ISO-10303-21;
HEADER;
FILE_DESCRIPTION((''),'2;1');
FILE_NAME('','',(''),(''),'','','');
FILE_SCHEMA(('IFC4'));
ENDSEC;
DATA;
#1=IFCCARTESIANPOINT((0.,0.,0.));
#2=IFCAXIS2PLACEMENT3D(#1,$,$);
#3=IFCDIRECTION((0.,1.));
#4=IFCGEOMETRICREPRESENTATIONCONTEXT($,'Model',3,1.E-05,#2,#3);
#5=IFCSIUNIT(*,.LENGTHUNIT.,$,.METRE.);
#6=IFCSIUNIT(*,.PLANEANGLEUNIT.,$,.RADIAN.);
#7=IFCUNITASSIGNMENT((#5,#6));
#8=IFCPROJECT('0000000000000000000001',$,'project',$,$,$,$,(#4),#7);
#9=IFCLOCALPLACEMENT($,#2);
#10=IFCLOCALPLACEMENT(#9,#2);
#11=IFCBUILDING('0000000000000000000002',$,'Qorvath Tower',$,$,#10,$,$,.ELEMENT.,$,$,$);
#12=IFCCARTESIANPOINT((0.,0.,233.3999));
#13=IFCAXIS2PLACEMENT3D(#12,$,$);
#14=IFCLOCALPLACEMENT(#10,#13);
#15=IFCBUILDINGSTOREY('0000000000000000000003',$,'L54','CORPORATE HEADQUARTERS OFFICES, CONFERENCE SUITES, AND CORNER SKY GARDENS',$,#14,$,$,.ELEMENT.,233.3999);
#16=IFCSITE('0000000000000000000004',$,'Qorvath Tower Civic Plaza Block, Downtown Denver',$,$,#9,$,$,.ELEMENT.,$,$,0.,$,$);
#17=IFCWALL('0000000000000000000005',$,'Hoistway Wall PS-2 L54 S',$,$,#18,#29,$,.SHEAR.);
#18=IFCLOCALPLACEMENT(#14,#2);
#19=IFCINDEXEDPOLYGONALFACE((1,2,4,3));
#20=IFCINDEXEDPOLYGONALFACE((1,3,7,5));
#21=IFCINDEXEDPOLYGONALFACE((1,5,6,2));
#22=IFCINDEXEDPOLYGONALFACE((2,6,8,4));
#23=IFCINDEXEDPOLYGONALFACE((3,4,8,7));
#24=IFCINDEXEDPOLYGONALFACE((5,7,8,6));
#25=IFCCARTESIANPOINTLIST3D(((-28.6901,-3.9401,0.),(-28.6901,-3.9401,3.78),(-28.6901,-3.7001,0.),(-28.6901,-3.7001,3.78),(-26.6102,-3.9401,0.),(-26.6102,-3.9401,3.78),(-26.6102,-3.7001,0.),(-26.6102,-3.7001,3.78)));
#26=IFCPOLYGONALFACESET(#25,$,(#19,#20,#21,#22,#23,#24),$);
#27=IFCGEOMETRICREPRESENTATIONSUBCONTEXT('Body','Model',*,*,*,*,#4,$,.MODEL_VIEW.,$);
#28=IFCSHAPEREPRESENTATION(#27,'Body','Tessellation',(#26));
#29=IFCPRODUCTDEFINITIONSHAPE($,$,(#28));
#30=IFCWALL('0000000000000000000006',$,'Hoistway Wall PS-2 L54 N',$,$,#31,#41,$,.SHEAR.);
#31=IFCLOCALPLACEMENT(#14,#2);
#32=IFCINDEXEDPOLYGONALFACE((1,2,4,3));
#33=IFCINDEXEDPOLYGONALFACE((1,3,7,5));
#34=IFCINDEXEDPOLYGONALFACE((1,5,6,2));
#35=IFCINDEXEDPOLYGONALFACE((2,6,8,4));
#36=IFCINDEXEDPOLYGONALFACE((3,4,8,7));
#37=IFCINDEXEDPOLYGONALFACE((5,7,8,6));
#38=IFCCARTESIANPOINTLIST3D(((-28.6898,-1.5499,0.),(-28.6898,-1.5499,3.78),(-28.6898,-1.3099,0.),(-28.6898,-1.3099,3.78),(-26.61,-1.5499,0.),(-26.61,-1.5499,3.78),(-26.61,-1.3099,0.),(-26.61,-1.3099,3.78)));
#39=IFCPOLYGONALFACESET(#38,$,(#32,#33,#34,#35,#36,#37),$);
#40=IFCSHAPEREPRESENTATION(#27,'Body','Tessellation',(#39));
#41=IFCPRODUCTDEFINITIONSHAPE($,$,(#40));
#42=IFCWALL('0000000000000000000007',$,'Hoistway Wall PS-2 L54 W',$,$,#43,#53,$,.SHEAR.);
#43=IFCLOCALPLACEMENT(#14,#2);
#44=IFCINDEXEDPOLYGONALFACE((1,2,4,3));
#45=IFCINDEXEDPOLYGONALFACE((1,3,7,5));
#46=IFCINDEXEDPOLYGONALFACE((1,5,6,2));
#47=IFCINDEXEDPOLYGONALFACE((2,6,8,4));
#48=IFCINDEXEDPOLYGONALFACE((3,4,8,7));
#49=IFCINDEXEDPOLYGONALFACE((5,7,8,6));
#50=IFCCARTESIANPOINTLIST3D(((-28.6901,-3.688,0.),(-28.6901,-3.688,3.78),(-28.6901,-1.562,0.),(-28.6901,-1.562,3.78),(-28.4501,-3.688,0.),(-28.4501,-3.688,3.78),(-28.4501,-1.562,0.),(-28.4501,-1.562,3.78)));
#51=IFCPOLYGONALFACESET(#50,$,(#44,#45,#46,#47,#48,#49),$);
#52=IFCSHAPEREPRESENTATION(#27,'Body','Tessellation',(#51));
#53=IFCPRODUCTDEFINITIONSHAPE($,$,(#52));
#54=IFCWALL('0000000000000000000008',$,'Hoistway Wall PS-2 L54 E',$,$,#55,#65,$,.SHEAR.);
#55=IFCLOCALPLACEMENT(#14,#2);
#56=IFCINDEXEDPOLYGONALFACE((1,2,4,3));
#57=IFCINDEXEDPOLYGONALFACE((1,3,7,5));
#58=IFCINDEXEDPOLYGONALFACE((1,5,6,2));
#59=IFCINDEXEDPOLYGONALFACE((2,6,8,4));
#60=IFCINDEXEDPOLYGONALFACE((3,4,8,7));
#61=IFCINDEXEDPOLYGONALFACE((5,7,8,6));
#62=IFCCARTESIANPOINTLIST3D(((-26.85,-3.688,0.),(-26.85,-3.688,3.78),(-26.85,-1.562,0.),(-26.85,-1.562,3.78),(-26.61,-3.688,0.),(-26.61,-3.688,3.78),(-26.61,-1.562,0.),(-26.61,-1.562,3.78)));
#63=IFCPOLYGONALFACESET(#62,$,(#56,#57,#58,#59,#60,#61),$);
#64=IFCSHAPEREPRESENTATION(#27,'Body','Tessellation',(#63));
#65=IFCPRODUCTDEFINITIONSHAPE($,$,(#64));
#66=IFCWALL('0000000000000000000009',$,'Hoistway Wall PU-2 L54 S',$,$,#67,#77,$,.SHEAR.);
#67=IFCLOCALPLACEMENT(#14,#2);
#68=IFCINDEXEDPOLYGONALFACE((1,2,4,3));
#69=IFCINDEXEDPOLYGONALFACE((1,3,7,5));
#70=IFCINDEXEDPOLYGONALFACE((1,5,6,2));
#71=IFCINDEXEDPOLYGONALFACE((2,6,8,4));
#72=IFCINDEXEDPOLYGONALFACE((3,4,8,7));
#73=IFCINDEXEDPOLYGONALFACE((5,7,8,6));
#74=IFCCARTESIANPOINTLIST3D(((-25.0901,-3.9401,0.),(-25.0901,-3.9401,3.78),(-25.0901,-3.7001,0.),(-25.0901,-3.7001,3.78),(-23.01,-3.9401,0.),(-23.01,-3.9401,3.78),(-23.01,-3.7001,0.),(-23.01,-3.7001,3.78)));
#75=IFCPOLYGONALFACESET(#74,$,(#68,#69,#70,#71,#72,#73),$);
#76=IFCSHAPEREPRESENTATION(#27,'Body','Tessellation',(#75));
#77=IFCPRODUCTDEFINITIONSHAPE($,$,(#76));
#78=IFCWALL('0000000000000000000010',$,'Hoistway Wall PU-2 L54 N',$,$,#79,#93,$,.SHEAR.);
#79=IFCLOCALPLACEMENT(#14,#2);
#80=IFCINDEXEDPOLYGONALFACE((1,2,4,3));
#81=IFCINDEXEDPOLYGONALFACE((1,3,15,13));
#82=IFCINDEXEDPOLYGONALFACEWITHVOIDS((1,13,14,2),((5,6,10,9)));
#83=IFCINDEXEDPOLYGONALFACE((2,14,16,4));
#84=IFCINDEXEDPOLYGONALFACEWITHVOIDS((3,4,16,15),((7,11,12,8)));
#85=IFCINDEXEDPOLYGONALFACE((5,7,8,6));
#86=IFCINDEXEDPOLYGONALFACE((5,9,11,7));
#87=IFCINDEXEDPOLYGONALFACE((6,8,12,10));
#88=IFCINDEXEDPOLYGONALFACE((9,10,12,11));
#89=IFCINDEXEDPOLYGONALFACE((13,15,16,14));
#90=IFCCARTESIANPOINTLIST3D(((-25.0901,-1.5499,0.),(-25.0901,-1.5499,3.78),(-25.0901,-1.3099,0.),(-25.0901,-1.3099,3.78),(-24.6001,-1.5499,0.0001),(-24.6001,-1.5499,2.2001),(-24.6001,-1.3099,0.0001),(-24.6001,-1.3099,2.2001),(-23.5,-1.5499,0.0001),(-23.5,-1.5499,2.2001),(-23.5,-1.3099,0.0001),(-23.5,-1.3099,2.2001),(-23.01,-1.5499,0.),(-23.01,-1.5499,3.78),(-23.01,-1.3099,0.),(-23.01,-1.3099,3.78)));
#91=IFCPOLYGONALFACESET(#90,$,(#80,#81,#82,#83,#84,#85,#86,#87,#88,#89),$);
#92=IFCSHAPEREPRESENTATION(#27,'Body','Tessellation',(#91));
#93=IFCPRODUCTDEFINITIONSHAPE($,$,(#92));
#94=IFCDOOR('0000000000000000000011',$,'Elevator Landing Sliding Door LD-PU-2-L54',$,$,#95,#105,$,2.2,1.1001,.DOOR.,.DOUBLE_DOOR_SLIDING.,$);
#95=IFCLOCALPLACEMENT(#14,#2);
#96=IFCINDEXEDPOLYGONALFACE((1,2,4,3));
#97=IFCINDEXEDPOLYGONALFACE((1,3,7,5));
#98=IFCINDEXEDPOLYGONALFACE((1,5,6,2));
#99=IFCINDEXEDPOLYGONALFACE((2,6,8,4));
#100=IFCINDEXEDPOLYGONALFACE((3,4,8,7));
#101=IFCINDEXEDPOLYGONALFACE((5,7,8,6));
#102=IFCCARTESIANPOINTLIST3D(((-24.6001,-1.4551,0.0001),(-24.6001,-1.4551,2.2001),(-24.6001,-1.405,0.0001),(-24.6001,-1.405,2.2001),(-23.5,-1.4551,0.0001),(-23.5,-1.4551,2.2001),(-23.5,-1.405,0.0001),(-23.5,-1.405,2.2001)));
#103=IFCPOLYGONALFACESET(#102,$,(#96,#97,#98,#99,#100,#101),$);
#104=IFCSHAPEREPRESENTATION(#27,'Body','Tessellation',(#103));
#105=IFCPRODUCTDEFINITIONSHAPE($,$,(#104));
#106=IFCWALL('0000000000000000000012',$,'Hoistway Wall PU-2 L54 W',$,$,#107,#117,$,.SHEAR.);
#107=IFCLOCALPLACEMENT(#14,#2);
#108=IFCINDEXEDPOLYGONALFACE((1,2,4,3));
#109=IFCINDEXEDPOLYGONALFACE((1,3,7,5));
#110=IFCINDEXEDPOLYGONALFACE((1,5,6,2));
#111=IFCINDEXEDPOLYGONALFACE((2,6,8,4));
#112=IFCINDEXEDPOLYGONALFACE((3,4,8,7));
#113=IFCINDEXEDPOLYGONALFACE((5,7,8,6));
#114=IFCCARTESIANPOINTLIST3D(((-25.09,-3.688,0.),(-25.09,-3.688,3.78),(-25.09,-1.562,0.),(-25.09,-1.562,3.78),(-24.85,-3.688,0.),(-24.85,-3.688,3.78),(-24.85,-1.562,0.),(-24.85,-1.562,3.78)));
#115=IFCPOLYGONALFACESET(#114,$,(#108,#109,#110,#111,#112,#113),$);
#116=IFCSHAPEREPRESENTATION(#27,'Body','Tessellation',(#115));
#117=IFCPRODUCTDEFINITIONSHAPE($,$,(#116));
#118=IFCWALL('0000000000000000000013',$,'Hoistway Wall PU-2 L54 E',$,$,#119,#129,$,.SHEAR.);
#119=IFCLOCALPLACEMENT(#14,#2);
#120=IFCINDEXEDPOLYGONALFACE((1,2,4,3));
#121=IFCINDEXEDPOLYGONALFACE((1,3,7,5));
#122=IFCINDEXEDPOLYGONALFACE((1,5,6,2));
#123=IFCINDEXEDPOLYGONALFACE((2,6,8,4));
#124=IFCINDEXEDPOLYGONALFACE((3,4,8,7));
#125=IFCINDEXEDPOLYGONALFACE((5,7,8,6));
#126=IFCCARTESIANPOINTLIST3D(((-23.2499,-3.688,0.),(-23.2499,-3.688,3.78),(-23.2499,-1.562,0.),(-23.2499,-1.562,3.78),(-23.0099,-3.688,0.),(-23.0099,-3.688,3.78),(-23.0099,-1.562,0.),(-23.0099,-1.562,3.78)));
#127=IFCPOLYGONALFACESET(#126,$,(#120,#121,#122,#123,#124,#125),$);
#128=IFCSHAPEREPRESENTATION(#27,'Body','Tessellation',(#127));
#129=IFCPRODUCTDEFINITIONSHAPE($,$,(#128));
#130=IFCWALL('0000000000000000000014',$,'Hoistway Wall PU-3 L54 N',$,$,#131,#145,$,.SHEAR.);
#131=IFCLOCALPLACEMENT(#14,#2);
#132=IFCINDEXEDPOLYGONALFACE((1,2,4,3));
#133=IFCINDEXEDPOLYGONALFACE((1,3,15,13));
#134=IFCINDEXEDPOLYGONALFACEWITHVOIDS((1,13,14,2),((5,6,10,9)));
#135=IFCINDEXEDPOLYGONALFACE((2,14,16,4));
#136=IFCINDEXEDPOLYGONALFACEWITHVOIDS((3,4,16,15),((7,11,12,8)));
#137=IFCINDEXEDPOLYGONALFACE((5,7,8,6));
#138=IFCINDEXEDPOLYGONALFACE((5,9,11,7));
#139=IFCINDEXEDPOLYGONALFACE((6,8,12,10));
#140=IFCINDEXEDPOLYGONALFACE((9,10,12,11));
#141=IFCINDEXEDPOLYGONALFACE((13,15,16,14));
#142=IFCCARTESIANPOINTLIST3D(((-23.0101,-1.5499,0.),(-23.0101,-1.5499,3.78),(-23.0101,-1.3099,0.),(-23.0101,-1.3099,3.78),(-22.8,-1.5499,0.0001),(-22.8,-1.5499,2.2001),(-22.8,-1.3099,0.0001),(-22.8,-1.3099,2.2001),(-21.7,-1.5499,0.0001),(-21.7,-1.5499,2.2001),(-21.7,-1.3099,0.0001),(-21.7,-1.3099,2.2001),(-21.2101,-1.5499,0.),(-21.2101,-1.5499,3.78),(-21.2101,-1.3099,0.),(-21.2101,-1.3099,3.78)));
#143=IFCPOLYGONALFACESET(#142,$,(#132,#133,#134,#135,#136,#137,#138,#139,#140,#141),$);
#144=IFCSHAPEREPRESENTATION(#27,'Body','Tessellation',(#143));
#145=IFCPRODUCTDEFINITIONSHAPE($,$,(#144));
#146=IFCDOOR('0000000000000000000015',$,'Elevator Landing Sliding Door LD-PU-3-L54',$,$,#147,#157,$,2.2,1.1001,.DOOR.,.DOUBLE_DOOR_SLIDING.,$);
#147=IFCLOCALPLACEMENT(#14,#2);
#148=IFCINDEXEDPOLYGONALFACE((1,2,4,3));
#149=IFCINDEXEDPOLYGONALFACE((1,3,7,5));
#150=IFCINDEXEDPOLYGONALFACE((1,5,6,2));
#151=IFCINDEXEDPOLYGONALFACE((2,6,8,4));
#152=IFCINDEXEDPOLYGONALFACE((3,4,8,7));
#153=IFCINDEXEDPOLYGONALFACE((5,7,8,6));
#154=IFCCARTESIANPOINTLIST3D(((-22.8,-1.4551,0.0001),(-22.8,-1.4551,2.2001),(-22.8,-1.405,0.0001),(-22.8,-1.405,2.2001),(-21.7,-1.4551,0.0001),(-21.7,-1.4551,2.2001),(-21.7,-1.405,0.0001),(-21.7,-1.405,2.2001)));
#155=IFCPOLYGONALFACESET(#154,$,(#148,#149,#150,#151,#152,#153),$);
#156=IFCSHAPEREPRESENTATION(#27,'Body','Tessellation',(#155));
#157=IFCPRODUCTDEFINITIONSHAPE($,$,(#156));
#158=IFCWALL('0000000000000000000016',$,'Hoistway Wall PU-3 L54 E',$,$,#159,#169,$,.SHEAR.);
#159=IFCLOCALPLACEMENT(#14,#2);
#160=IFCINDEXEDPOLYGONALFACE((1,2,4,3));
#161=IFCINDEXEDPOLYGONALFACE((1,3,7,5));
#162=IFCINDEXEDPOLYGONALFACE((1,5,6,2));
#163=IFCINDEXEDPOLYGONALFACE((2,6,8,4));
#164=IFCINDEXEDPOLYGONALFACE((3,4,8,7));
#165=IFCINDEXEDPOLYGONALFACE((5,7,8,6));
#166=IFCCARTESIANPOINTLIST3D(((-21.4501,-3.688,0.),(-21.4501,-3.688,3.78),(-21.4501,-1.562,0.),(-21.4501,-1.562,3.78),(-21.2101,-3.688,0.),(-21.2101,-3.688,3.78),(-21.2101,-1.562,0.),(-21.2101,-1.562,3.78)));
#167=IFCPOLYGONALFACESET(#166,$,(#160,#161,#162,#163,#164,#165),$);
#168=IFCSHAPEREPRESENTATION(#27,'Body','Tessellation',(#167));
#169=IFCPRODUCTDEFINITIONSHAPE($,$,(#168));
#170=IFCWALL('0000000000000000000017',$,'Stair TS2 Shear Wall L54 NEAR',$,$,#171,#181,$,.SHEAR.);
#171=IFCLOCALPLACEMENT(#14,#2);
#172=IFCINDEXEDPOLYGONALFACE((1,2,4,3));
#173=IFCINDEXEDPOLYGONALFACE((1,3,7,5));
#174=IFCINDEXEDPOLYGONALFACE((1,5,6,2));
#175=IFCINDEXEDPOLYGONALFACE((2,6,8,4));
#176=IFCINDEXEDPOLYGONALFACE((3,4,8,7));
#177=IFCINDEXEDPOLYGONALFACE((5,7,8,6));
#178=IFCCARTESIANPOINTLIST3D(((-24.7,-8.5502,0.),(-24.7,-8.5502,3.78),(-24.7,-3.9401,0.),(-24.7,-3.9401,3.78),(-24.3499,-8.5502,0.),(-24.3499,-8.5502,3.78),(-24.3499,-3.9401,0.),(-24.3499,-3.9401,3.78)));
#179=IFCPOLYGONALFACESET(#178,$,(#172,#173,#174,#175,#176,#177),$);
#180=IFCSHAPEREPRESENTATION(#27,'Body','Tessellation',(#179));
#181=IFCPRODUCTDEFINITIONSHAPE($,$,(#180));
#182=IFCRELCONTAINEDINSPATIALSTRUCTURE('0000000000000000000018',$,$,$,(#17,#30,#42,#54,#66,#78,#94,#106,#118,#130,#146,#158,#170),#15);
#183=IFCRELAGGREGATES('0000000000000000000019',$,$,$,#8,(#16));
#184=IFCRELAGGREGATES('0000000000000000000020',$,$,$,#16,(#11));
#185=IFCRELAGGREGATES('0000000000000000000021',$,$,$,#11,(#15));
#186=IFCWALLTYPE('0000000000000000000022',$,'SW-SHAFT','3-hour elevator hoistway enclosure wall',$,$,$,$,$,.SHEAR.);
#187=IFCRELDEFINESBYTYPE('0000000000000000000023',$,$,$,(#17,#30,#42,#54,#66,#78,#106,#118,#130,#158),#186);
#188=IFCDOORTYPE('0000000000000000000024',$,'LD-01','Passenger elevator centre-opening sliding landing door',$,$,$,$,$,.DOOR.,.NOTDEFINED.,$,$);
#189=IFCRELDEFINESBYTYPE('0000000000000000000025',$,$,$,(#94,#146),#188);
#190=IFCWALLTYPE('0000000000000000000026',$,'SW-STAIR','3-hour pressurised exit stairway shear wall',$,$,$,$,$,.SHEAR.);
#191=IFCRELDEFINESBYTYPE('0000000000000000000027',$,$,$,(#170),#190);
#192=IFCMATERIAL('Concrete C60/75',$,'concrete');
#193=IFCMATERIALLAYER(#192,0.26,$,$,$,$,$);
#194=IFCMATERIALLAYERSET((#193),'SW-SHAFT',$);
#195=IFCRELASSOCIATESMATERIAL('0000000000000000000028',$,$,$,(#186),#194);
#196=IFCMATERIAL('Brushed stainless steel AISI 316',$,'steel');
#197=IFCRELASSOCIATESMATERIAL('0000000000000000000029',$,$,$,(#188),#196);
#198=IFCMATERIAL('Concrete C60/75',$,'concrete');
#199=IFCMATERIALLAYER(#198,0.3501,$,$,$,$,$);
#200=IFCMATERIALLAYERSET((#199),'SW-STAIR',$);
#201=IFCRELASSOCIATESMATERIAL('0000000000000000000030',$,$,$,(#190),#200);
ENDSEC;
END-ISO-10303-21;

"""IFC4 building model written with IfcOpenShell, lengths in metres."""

from ifc_helpers import new_model, si_unit, direction, frame, frame_2d, origin, place, context, subcontext, project, spatial, rectangle, extrude, material, layer, layer_set, type_object, element, fill, save


model = new_model("IFC4")

# Units and contexts
model_context = context("Model", 3, precision=1e-05, world=origin(), true_north=direction((0.0, 1.0)))
body_context = subcontext(model_context, "Body", "Model", "MODEL_VIEW")
ifc_project = project(units=[si_unit("LENGTHUNIT", "METRE"), si_unit("PLANEANGLEUNIT", "RADIAN")], contexts=[model_context])

# Site, building, storey
site_placement = place(None, origin())
site = spatial("IfcSite", under=ifc_project, at=site_placement, Name="Qorvath Tower Civic Plaza Block, Downtown Denver", CompositionType="ELEMENT", RefElevation=0.0)
building_placement = place(site_placement, origin())
building = spatial("IfcBuilding", under=site, at=building_placement, Name="Qorvath Tower", CompositionType="ELEMENT")
storey_placement = place(building_placement, frame((0.0, 0.0, 233.3999)))
storey = spatial("IfcBuildingStorey", under=building, at=storey_placement, Name="L54", Description="CORPORATE HEADQUARTERS OFFICES, CONFERENCE SUITES, AND CORNER SKY GARDENS", CompositionType="ELEMENT", Elevation=233.3999)

# Shared definitions
ifc_material_1 = material(Name="Concrete C60/75", Category="concrete")
ifc_layer_1 = layer(ifc_material_1, 0.26)
ifc_layer_set_1 = layer_set([ifc_layer_1], Name="SW-SHAFT")
wall_type_1 = type_object("IfcWallType", Name="SW-SHAFT", Description="3-hour elevator hoistway enclosure wall", PredefinedType="SHEAR", material=ifc_layer_set_1)

# Walls
for number, where, z_axis, x_axis, name in (
    (1, (-26.6101, -3.8201, 0.0), (0.0, 0.0, 1.0), (-1.0, 0.0, 0.0), "Hoistway Wall PS-2 L54 S"),
    (2, (-28.6899, -1.4299, 0.0), (0.0, 0.0, 1.0), (1.0, 0.0, 0.0), "Hoistway Wall PS-2 L54 N"),
):
    element("IfcWall", number, at=place(storey_placement, frame(where, z_axis=z_axis, x_axis=x_axis)), inside=storey, type_object=wall_type_1, Name=name, PredefinedType="SHEAR", context=body_context, shape_type="SweptSolid", body=[
        extrude(rectangle(XDim=2.0798, YDim=0.24, at=frame_2d((1.04, 0.0))), origin(), (0.0, 0.0, 1.0), 3.78),
    ])
for number, where, z_axis, x_axis, name in (
    (3, (-28.5701, -3.688, 0.0), (0.0, 0.0, 1.0), (0.0, 1.0, 0.0), "Hoistway Wall PS-2 L54 W"),
    (4, (-26.73, -1.562, 0.0), (0.0, 0.0, 1.0), (0.0, -1.0, 0.0), "Hoistway Wall PS-2 L54 E"),
):
    element("IfcWall", number, at=place(storey_placement, frame(where, z_axis=z_axis, x_axis=x_axis)), inside=storey, type_object=wall_type_1, Name=name, PredefinedType="SHEAR", context=body_context, shape_type="SweptSolid", body=[
        extrude(rectangle(XDim=2.126, YDim=0.24, at=frame_2d((1.063, 0.0))), origin(), (0.0, 0.0, 1.0), 3.78),
    ])
wall_1_placement = place(storey_placement, frame((-23.01, -3.8201, 0.0), z_axis=(0.0, 0.0, 1.0), x_axis=(-1.0, 0.0, 0.0)))
element("IfcWall", 5, at=wall_1_placement, inside=storey, type_object=wall_type_1, Name="Hoistway Wall PU-2 L54 S", PredefinedType="SHEAR", context=body_context, shape_type="SweptSolid", body=[
    extrude(rectangle(XDim=2.0801, YDim=0.24, at=frame_2d((1.04, 0.0))), origin(), (0.0, 0.0, 1.0), 3.78),
])

# Wall, opening, door
wall_2_placement = place(storey_placement, frame((-25.0901, -1.4299, 0.0), z_axis=(0.0, 0.0, 1.0), x_axis=(1.0, 0.0, 0.0)))
wall_2 = element("IfcWall", 6, at=wall_2_placement, inside=storey, type_object=wall_type_1, Name="Hoistway Wall PU-2 L54 N", PredefinedType="SHEAR", context=body_context, shape_type="SweptSolid", body=[
    extrude(rectangle(XDim=2.0801, YDim=0.24, at=frame_2d((1.04, 0.0))), origin(), (0.0, 0.0, 1.0), 3.78),
])
opening_1_placement = place(wall_2_placement, frame((0.49, 0.0, 0.0)))
opening_1 = element("IfcOpeningElement", 7, at=opening_1_placement, cuts=wall_2, PredefinedType="OPENING", context=body_context, shape_type="SweptSolid", body=[
    extrude(rectangle(XDim=1.1001, YDim=2.2, at=frame_2d((0.55, 1.1001))), frame((0.0, 0.1299, 0.0), z_axis=(0.0, -1.0, 0.0), x_axis=(1.0, 0.0, 0.0)), (0.0, 0.0, 1.0), 0.26),
])
ifc_material_2 = material(Name="Brushed stainless steel AISI 316", Category="steel")
door_type_1 = type_object("IfcDoorType", Name="LD-01", Description="Passenger elevator centre-opening sliding landing door", OperationType="NOTDEFINED", PredefinedType="DOOR", material=ifc_material_2)
door_1_placement = place(opening_1_placement, origin())
door_1 = element("IfcDoor", 8, at=door_1_placement, inside=storey, type_object=door_type_1, Name="Elevator Landing Sliding Door LD-PU-2-L54", OperationType="DOUBLE_DOOR_SLIDING", OverallHeight=2.2, OverallWidth=1.1001, PredefinedType="DOOR", context=body_context, shape_type="SweptSolid", body=[
    extrude(rectangle(XDim=1.1001, YDim=2.2, at=frame_2d((0.55, 1.1001))), frame((0.0, 0.0249, 0.0), z_axis=(0.0, -1.0, 0.0), x_axis=(1.0, 0.0, 0.0)), (0.0, 0.0, 1.0), 0.05),
])
fill(opening_1, door_1)

# Walls
for number, where, z_axis, x_axis, name in (
    (9, (-24.97, -3.688, 0.0), (0.0, 0.0, 1.0), (0.0, 1.0, 0.0), "Hoistway Wall PU-2 L54 W"),
    (10, (-23.1299, -1.562, 0.0), (0.0, 0.0, 1.0), (0.0, -1.0, 0.0), "Hoistway Wall PU-2 L54 E"),
):
    element("IfcWall", number, at=place(storey_placement, frame(where, z_axis=z_axis, x_axis=x_axis)), inside=storey, type_object=wall_type_1, Name=name, PredefinedType="SHEAR", context=body_context, shape_type="SweptSolid", body=[
        extrude(rectangle(XDim=2.126, YDim=0.24, at=frame_2d((1.063, 0.0))), origin(), (0.0, 0.0, 1.0), 3.78),
    ])

# Wall, opening, door
wall_3_placement = place(storey_placement, frame((-23.01, -1.4299, 0.0), z_axis=(0.0, 0.0, 1.0), x_axis=(1.0, 0.0, 0.0)))
wall_3 = element("IfcWall", 11, at=wall_3_placement, inside=storey, type_object=wall_type_1, Name="Hoistway Wall PU-3 L54 N", PredefinedType="SHEAR", context=body_context, shape_type="SweptSolid", body=[
    extrude(rectangle(XDim=1.8, YDim=0.24, at=frame_2d((0.8999, 0.0))), origin(), (0.0, 0.0, 1.0), 3.78),
])
opening_2_placement = place(wall_3_placement, frame((0.21, 0.0, 0.0)))
opening_2 = element("IfcOpeningElement", 12, at=opening_2_placement, cuts=wall_3, PredefinedType="OPENING", context=body_context, shape_type="SweptSolid", body=[
    extrude(rectangle(XDim=1.1001, YDim=2.2, at=frame_2d((0.55, 1.1001))), frame((0.0, 0.1299, 0.0), z_axis=(0.0, -1.0, 0.0), x_axis=(1.0, 0.0, 0.0)), (0.0, 0.0, 1.0), 0.26),
])
door_2_placement = place(opening_2_placement, origin())
door_2 = element("IfcDoor", 13, at=door_2_placement, inside=storey, type_object=door_type_1, Name="Elevator Landing Sliding Door LD-PU-3-L54", OperationType="DOUBLE_DOOR_SLIDING", OverallHeight=2.2, OverallWidth=1.1001, PredefinedType="DOOR", context=body_context, shape_type="SweptSolid", body=[
    extrude(rectangle(XDim=1.1001, YDim=2.2, at=frame_2d((0.55, 1.1001))), frame((0.0, 0.0249, 0.0), z_axis=(0.0, -1.0, 0.0), x_axis=(1.0, 0.0, 0.0)), (0.0, 0.0, 1.0), 0.05),
])
fill(opening_2, door_2)

# Walls
wall_4_placement = place(storey_placement, frame((-21.3301, -1.562, 0.0), z_axis=(0.0, 0.0, 1.0), x_axis=(0.0, -1.0, 0.0)))
element("IfcWall", 14, at=wall_4_placement, inside=storey, type_object=wall_type_1, Name="Hoistway Wall PU-3 L54 E", PredefinedType="SHEAR", context=body_context, shape_type="SweptSolid", body=[
    extrude(rectangle(XDim=2.126, YDim=0.24, at=frame_2d((1.063, 0.0))), origin(), (0.0, 0.0, 1.0), 3.78),
])
ifc_material_3 = material(Name="Concrete C60/75", Category="concrete")
ifc_layer_2 = layer(ifc_material_3, 0.3501)
ifc_layer_set_2 = layer_set([ifc_layer_2], Name="SW-STAIR")
wall_type_2 = type_object("IfcWallType", Name="SW-STAIR", Description="3-hour pressurised exit stairway shear wall", PredefinedType="SHEAR", material=ifc_layer_set_2)
wall_5_placement = place(storey_placement, frame((-24.5249, -3.9399, 0.0), z_axis=(0.0, 0.0, 1.0), x_axis=(0.0, -1.0, 0.0)))
element("IfcWall", 15, at=wall_5_placement, inside=storey, type_object=wall_type_2, Name="Stair TS2 Shear Wall L54 NEAR", PredefinedType="SHEAR", context=body_context, shape_type="SweptSolid", body=[
    extrude(rectangle(XDim=4.6101, YDim=0.3501, at=frame_2d((2.3052, 0.0))), origin(), (0.0, 0.0, 1.0), 3.78),
])

save(model, "model.ifc")
